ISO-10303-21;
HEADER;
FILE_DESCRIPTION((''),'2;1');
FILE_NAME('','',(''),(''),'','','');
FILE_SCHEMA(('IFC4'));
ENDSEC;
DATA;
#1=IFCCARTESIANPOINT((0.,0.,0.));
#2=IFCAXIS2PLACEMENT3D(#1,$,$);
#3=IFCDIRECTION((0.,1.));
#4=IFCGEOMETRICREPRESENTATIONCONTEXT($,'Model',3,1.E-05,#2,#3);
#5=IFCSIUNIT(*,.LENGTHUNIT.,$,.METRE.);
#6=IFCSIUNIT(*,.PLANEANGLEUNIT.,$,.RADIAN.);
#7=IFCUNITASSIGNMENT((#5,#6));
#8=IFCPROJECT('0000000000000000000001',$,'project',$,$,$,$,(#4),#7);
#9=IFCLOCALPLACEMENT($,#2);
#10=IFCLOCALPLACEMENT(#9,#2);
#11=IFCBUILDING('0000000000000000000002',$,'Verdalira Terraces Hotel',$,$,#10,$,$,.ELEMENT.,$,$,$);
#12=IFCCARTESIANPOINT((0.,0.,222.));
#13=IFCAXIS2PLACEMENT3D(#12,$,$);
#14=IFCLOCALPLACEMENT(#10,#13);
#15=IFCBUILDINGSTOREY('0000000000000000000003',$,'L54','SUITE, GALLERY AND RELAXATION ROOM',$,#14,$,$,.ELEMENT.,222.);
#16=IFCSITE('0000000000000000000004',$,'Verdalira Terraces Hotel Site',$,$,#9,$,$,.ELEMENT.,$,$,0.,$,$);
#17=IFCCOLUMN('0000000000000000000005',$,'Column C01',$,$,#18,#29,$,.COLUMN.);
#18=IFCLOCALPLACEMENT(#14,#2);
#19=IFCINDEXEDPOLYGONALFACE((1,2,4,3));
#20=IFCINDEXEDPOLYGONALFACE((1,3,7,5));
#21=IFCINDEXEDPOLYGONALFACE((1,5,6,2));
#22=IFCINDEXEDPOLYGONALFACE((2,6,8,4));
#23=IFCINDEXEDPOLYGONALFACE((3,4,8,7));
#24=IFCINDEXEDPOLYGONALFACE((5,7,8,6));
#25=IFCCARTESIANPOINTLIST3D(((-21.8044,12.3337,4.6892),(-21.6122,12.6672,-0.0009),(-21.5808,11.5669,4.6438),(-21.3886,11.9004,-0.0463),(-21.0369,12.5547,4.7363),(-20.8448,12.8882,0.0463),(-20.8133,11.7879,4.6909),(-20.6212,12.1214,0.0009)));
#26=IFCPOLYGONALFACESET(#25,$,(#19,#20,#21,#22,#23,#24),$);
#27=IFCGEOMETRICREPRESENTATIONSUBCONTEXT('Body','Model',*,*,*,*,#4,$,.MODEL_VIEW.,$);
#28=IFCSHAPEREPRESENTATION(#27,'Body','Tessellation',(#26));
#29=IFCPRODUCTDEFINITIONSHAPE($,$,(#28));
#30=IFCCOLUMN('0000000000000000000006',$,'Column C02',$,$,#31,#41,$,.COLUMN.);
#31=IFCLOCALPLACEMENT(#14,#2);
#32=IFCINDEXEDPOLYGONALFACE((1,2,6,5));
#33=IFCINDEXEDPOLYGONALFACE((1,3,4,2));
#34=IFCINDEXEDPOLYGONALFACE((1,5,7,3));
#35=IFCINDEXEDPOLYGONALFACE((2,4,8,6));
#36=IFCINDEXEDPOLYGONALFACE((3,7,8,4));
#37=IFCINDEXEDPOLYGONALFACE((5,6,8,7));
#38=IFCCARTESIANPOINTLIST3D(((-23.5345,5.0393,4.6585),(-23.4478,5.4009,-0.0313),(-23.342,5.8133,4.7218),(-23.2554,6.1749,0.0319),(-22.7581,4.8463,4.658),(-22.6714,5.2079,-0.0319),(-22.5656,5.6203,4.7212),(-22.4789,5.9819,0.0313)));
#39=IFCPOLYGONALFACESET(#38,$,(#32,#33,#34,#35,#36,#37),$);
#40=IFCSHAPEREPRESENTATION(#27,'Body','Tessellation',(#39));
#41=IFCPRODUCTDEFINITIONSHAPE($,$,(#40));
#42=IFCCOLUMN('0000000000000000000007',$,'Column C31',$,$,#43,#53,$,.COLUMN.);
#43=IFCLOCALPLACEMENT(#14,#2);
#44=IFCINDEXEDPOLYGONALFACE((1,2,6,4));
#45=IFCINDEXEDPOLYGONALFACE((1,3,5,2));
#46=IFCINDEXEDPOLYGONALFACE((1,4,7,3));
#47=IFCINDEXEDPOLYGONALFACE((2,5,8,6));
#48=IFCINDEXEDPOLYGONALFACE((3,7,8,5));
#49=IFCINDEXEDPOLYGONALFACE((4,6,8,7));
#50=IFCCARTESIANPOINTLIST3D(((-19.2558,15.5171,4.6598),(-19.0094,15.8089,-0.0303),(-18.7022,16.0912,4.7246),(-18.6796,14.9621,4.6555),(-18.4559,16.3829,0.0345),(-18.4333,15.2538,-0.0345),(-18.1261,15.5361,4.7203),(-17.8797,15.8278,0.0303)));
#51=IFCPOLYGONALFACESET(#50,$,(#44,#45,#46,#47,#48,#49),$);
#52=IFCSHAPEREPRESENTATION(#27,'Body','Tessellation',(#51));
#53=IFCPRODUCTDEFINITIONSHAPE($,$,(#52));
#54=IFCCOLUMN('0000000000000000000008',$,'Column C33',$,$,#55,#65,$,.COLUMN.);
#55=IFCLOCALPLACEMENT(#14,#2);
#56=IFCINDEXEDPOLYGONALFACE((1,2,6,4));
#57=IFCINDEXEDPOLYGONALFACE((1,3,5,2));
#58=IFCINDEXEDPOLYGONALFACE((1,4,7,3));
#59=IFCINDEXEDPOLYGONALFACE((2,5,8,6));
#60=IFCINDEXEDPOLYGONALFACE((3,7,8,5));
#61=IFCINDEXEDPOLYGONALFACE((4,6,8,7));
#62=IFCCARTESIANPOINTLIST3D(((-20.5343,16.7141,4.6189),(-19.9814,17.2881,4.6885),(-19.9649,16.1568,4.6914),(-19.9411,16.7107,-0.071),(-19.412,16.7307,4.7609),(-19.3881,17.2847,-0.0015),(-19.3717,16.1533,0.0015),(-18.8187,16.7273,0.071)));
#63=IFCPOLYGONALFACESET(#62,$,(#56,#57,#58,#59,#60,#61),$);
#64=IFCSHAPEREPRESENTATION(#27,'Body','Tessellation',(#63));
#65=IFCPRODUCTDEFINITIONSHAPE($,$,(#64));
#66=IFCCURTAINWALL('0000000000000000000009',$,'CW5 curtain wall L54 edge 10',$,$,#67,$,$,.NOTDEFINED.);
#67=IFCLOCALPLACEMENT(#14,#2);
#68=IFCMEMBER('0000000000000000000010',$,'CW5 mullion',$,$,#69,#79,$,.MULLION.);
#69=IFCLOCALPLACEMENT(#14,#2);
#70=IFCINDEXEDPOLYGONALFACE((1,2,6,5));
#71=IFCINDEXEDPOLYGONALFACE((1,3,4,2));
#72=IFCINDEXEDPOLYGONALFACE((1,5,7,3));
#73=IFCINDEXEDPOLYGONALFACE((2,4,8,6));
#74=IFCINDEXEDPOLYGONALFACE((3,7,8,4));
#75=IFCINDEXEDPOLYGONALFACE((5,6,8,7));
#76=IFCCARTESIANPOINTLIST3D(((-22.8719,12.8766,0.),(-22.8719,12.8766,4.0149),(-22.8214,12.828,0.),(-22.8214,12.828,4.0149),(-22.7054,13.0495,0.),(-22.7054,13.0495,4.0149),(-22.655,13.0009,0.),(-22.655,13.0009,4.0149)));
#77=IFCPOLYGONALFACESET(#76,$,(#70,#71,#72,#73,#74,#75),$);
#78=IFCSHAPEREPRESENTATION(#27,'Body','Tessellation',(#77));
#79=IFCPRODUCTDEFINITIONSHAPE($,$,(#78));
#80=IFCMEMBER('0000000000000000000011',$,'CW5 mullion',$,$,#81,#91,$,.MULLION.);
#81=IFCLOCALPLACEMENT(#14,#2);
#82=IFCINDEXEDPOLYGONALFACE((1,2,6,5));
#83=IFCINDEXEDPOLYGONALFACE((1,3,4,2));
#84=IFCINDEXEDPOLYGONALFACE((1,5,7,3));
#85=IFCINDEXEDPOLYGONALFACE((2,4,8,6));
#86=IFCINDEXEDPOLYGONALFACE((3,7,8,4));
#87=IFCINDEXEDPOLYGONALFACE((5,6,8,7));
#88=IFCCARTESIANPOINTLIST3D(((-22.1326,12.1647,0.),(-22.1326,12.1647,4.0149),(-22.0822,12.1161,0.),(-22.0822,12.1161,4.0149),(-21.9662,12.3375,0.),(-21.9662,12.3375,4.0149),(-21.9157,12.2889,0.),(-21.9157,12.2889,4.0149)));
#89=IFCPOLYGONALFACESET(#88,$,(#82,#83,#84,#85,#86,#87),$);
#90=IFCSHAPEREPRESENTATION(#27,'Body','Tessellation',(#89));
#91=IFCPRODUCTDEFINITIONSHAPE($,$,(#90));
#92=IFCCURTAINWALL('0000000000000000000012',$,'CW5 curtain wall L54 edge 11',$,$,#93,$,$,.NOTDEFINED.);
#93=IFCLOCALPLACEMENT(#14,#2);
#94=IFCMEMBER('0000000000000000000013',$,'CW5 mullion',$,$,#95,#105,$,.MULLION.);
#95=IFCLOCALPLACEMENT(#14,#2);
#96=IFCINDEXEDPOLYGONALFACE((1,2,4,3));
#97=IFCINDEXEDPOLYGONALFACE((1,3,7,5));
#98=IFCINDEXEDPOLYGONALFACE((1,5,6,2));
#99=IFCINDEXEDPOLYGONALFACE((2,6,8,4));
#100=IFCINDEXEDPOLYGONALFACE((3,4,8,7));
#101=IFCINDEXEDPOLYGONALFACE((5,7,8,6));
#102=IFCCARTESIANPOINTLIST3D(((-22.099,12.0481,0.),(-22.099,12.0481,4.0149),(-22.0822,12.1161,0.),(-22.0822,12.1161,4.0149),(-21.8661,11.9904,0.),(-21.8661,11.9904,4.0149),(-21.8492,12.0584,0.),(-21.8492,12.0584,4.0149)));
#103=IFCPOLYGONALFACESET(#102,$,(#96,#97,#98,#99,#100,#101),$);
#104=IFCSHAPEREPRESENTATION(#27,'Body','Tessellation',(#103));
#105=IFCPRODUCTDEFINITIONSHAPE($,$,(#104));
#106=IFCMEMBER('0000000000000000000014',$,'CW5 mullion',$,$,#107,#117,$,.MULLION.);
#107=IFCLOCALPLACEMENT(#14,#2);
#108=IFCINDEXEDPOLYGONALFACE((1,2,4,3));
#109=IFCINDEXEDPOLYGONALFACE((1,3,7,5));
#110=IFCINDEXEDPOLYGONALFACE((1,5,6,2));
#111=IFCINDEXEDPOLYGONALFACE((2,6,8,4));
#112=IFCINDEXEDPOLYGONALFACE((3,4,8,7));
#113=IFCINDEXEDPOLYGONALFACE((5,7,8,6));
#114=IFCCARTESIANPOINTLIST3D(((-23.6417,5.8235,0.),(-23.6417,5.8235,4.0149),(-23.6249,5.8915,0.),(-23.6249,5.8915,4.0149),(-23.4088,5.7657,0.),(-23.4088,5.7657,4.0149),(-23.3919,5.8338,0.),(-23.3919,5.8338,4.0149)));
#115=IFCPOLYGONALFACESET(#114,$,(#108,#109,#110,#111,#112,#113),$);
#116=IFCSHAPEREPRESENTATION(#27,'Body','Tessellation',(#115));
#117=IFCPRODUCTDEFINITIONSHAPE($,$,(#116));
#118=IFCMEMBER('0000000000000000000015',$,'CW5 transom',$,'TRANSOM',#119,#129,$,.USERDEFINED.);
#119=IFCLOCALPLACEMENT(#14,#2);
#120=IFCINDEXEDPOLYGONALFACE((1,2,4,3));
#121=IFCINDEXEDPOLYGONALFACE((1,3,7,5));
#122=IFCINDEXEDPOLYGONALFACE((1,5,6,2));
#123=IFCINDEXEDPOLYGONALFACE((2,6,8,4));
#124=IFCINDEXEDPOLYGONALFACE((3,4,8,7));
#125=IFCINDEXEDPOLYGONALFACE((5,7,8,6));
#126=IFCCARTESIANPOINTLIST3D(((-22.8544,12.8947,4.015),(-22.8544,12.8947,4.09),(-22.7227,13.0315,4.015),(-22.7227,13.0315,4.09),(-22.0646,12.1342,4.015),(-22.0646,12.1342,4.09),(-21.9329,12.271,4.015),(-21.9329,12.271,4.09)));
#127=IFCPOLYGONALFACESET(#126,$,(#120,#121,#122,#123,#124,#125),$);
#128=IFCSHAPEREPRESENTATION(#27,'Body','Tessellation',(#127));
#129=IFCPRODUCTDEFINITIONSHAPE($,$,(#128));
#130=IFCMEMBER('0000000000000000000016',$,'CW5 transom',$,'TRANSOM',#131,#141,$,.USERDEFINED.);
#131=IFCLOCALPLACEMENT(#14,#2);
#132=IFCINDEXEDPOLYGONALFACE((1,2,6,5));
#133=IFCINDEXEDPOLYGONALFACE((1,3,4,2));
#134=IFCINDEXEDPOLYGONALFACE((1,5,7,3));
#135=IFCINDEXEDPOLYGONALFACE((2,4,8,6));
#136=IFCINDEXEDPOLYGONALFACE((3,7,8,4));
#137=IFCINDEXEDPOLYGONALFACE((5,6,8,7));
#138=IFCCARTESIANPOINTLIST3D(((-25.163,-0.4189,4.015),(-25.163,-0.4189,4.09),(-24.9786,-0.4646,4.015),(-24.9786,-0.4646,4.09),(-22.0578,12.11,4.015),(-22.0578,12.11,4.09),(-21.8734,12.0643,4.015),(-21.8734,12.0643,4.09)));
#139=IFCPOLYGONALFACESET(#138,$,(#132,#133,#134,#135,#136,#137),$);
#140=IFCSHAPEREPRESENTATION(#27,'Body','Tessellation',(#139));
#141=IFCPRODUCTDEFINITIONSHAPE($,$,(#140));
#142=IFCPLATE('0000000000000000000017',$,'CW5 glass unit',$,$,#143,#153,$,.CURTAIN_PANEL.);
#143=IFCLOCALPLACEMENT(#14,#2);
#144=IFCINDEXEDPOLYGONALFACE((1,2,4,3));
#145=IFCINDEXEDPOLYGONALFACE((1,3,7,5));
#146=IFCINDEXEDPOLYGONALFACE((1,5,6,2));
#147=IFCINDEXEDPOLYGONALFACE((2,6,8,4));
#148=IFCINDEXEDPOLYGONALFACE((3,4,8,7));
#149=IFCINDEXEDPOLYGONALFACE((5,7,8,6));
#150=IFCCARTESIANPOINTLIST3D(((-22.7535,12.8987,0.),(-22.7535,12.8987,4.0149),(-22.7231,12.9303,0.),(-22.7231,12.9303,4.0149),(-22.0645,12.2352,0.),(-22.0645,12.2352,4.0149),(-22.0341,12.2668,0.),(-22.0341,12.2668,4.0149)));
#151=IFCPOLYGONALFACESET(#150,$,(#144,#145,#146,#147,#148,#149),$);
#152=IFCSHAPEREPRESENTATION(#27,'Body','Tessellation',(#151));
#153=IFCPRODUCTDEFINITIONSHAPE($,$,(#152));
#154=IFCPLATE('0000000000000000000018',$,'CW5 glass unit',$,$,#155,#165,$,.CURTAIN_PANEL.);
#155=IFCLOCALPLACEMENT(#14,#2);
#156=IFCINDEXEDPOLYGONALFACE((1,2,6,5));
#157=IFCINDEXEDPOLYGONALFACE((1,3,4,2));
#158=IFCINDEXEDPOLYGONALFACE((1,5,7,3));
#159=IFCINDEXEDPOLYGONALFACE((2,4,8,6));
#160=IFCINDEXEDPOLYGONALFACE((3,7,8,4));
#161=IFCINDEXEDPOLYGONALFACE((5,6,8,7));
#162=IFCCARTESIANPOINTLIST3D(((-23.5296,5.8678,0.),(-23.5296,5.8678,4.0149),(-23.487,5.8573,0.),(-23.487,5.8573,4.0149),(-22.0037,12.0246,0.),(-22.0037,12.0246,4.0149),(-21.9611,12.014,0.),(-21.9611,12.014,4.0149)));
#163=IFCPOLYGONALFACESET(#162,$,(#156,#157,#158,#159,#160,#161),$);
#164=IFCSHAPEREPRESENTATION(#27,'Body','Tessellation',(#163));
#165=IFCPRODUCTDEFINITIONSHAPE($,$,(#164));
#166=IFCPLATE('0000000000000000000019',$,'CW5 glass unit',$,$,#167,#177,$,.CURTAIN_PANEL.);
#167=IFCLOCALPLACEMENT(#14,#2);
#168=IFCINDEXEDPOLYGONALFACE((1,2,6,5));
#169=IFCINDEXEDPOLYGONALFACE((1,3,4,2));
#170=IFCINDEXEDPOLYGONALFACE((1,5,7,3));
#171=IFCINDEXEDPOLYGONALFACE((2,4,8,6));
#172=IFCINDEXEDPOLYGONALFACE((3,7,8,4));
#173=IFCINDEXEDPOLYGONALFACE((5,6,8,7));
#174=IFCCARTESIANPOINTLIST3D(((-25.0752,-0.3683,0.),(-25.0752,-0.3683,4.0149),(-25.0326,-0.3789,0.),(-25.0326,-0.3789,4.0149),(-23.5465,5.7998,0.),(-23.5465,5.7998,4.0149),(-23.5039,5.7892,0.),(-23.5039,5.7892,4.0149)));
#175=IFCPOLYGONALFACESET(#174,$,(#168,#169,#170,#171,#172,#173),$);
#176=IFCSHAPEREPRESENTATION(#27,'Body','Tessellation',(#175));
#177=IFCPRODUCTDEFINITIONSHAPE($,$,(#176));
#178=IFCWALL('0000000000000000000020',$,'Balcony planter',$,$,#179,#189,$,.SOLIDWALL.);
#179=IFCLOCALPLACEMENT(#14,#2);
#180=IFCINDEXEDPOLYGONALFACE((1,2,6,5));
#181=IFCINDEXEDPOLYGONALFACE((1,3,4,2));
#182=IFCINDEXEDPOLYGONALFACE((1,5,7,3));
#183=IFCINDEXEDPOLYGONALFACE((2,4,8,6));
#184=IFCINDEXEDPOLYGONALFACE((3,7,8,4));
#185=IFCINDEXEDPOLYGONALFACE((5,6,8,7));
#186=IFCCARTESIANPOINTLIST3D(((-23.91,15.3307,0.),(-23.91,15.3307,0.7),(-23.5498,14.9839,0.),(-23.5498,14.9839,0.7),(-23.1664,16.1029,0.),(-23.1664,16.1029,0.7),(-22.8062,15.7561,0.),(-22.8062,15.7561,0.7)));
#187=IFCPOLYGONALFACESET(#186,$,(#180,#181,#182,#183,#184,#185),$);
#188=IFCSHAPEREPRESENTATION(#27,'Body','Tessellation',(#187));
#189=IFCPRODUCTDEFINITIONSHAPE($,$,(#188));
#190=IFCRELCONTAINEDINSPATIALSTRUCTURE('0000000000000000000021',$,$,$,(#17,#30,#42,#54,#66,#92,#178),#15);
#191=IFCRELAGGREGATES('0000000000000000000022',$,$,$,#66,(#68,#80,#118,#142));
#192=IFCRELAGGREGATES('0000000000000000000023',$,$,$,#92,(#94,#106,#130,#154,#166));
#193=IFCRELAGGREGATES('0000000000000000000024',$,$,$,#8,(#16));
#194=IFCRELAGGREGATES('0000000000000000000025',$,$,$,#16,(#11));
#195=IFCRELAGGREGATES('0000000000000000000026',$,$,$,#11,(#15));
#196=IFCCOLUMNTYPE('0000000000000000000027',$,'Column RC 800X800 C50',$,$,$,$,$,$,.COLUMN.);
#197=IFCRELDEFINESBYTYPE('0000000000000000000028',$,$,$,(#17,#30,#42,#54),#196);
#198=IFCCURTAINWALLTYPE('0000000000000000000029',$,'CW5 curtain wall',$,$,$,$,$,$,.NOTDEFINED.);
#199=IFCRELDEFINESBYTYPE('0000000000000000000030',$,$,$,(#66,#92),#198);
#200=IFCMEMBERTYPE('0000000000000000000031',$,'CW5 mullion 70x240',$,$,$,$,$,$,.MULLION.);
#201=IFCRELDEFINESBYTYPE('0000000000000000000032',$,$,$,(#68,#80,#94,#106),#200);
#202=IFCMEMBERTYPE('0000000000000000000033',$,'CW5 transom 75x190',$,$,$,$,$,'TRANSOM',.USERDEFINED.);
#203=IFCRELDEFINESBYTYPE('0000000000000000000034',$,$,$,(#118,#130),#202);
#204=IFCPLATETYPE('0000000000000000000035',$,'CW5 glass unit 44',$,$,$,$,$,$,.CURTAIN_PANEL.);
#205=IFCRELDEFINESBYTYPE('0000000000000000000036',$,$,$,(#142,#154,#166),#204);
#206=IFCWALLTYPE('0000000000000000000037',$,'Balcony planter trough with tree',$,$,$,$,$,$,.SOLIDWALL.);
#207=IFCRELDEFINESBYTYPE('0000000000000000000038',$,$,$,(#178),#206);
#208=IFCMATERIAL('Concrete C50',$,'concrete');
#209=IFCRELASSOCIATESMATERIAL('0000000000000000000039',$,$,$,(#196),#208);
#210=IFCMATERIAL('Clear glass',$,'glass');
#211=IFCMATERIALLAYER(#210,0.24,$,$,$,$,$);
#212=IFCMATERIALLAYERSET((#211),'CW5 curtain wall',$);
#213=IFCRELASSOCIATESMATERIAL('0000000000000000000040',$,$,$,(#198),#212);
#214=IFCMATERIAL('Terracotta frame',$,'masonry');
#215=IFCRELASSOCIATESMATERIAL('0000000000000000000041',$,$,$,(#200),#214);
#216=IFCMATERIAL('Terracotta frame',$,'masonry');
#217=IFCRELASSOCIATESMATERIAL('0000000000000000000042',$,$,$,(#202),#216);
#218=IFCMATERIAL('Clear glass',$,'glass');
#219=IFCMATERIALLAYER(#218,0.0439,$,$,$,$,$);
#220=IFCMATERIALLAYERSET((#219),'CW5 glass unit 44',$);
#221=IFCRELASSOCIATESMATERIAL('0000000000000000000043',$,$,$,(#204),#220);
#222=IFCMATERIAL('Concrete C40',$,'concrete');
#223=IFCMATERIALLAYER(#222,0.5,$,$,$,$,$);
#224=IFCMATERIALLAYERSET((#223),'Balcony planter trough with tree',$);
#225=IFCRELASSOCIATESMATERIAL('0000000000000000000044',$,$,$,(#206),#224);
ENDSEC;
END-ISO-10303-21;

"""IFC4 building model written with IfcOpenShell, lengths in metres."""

from ifc_helpers import new_model, si_unit, direction, frame, frame_2d, origin, origin_2d, place, context, subcontext, project, spatial, rectangle, extrude, material, layer, layer_set, material_profile, profile_set, type_object, element, aggregate, save


model = new_model("IFC4")

# Units and contexts
model_context = context("Model", 3, precision=1e-05, world=origin(), true_north=direction((0.0, 1.0)))
body_context = subcontext(model_context, "Body", "Model", "MODEL_VIEW")
ifc_project = project(units=[si_unit("LENGTHUNIT", "METRE"), si_unit("PLANEANGLEUNIT", "RADIAN")], contexts=[model_context])

# Site, building, storey
site_placement = place(None, origin())
site = spatial("IfcSite", under=ifc_project, at=site_placement, Name="Verdalira Terraces Hotel Site", CompositionType="ELEMENT", RefElevation=0.0)
building_placement = place(site_placement, origin())
building = spatial("IfcBuilding", under=site, at=building_placement, Name="Verdalira Terraces Hotel", CompositionType="ELEMENT")
storey_placement = place(building_placement, frame((0.0, 0.0, 222.0)))
storey = spatial("IfcBuildingStorey", under=building, at=storey_placement, Name="L54", Description="SUITE, GALLERY AND RELAXATION ROOM", CompositionType="ELEMENT", Elevation=222.0)

# Columns
ifc_material_1 = material(Name="Concrete C50", Category="concrete")
ifc_material_profile_1 = material_profile(ifc_material_1, rectangle(XDim=0.8, YDim=0.8, at=origin_2d()), Name="RC 800X800")
ifc_profile_set_1 = profile_set([ifc_material_profile_1], Name="Concrete C50")
column_type = type_object("IfcColumnType", Name="Column RC 800X800 C50", PredefinedType="COLUMN", material=ifc_profile_set_1)
column_1_placement = place(storey_placement, frame((-21.1167, 12.3943, 0.0), z_axis=(-0.040831, -0.070871, 0.996649), x_axis=(-0.27946, 0.958481, 0.056707)))
element("IfcColumn", 1, at=column_1_placement, inside=storey, type_object=column_type, Name="Column C01", PredefinedType="COLUMN", context=body_context, shape_type="SweptSolid", body=[
    extrude(rectangle(XDim=0.8, YDim=0.8, at=origin_2d()), origin(), (0.0, 0.0, 1.0), 4.7058),
])
column_2_placement = place(storey_placement, frame((-22.9634, 5.6914, 0.0), z_axis=(-0.018422, -0.076854, 0.996872), x_axis=(-0.240535, -0.967418, -0.079028)))
element("IfcColumn", 2, at=column_2_placement, inside=storey, type_object=column_type, Name="Column C02", PredefinedType="COLUMN", context=body_context, shape_type="SweptSolid", body=[
    extrude(rectangle(XDim=0.8, YDim=0.8, at=origin_2d()), origin(), (0.0, 0.0, 1.0), 4.7046),
])
column_3_placement = place(storey_placement, frame((-18.4446, 15.8184, 0.0), z_axis=(-0.052352, -0.062002, 0.996702), x_axis=(-0.720125, 0.693823, 0.005336)))
element("IfcColumn", 3, at=column_3_placement, inside=storey, type_object=column_type, Name="Column C31", PredefinedType="COLUMN", context=body_context, shape_type="SweptSolid", body=[
    extrude(rectangle(XDim=0.8, YDim=0.8, at=origin_2d()), origin(), (0.0, 0.0, 1.0), 4.7056),
])
column_4_placement = place(storey_placement, frame((-19.3799, 16.719, 0.0), z_axis=(-0.125497, 0.000723, 0.992094), x_axis=(-0.711713, 0.696611, -0.090537)))
element("IfcColumn", 4, at=column_4_placement, inside=storey, type_object=column_type, Name="Column C33", PredefinedType="COLUMN", context=body_context, shape_type="SweptSolid", body=[
    extrude(rectangle(XDim=0.8, YDim=0.8, at=origin_2d()), origin(), (0.0, 0.0, 1.0), 4.7273),
])

# Curtain walls, members
ifc_material_2 = material(Name="Clear glass", Category="glass")
ifc_layer_1 = layer(ifc_material_2, 0.24)
ifc_layer_set_1 = layer_set([ifc_layer_1], Name="CW5 curtain wall")
curtain_wall_type = type_object("IfcCurtainWallType", Name="CW5 curtain wall", PredefinedType="NOTDEFINED", material=ifc_layer_set_1)
curtain_wall_1_placement = place(storey_placement, origin())
curtain_wall_1 = element("IfcCurtainWall", 5, at=curtain_wall_1_placement, inside=storey, type_object=curtain_wall_type, Name="CW5 curtain wall L54 edge 10", PredefinedType="NOTDEFINED")
ifc_material_3 = material(Name="Terracotta frame", Category="masonry")
ifc_material_profile_2 = material_profile(ifc_material_3, rectangle(XDim=0.0701, YDim=0.24, at=origin_2d()), Name="MU 70x240")
ifc_profile_set_2 = profile_set([ifc_material_profile_2], Name="Terracotta frame")
member_type_1 = type_object("IfcMemberType", Name="CW5 mullion 70x240", PredefinedType="MULLION", material=ifc_profile_set_2)
member_1_placement = place(storey_placement, frame((-22.7634, 12.9387, 0.0), z_axis=(0.0, 0.0, 1.0), x_axis=(0.720309, -0.693653, 0.0)))
member_1 = element("IfcMember", 6, at=member_1_placement, type_object=member_type_1, Name="CW5 mullion", PredefinedType="MULLION", context=body_context, shape_type="SweptSolid", body=[
    extrude(rectangle(XDim=0.0701, YDim=0.24, at=origin_2d()), origin(), (0.0, 0.0, 1.0), 4.0149),
])
member_2_placement = place(storey_placement, frame((-22.0242, 12.2268, 0.0), z_axis=(0.0, 0.0, 1.0), x_axis=(0.720309, -0.693653, 0.0)))
member_2 = element("IfcMember", 7, at=member_2_placement, type_object=member_type_1, Name="CW5 mullion", PredefinedType="MULLION", context=body_context, shape_type="SweptSolid", body=[
    extrude(rectangle(XDim=0.0701, YDim=0.24, at=origin_2d()), origin(), (0.0, 0.0, 1.0), 4.0149),
])
curtain_wall_2_placement = place(storey_placement, origin())
curtain_wall_2 = element("IfcCurtainWall", 8, at=curtain_wall_2_placement, inside=storey, type_object=curtain_wall_type, Name="CW5 curtain wall L54 edge 11", PredefinedType="NOTDEFINED")
member_3_placement = place(storey_placement, frame((-21.9741, 12.0532, 0.0), z_axis=(0.0, 0.0, 1.0), x_axis=(-0.240567, -0.970633, 0.0)))
member_3 = element("IfcMember", 9, at=member_3_placement, type_object=member_type_1, Name="CW5 mullion", PredefinedType="MULLION", context=body_context, shape_type="SweptSolid", body=[
    extrude(rectangle(XDim=0.0701, YDim=0.24, at=origin_2d()), origin(), (0.0, 0.0, 1.0), 4.0149),
])
member_4_placement = place(storey_placement, frame((-23.5168, 5.8286, 0.0), z_axis=(0.0, 0.0, 1.0), x_axis=(-0.240567, -0.970633, 0.0)))
member_4 = element("IfcMember", 10, at=member_4_placement, type_object=member_type_1, Name="CW5 mullion", PredefinedType="MULLION", context=body_context, shape_type="SweptSolid", body=[
    extrude(rectangle(XDim=0.0701, YDim=0.24, at=origin_2d()), origin(), (0.0, 0.0, 1.0), 4.0149),
])

# Members
ifc_material_4 = material(Name="Terracotta frame", Category="masonry")
ifc_material_profile_3 = material_profile(ifc_material_4, rectangle(XDim=0.1899, YDim=0.075, at=origin_2d()), Name="TR 75x190")
ifc_profile_set_3 = profile_set([ifc_material_profile_3], Name="Terracotta frame")
member_type_2 = type_object("IfcMemberType", Name="CW5 transom 75x190", ElementType="TRANSOM", PredefinedType="USERDEFINED", material=ifc_profile_set_3)
member_5_placement = place(storey_placement, frame((-22.7886, 12.9631, 4.0525), z_axis=(0.720341, -0.69362, 0.0), x_axis=(0.69362, 0.720341, 0.0)))
member_5 = element("IfcMember", 11, at=member_5_placement, type_object=member_type_2, Name="CW5 transom", ObjectType="TRANSOM", PredefinedType="USERDEFINED", context=body_context, shape_type="SweptSolid", body=[
    extrude(rectangle(XDim=0.1899, YDim=0.075, at=origin_2d()), origin(), (0.0, 0.0, 1.0), 1.0964),
])
member_6_placement = place(storey_placement, frame((-21.9656, 12.0872, 4.0525), z_axis=(-0.240568, -0.970632, 0.0), x_axis=(0.970632, -0.240568, 0.0)))
member_6 = element("IfcMember", 12, at=member_6_placement, type_object=member_type_2, Name="CW5 transom", ObjectType="TRANSOM", PredefinedType="USERDEFINED", context=body_context, shape_type="SweptSolid", body=[
    extrude(rectangle(XDim=0.1899, YDim=0.075, at=origin_2d()), origin(), (0.0, 0.0, 1.0), 12.908),
])

# Plates
ifc_material_5 = material(Name="Clear glass", Category="glass")
ifc_layer_2 = layer(ifc_material_5, 0.0439)
ifc_layer_set_2 = layer_set([ifc_layer_2], Name="CW5 glass unit 44")
plate_type = type_object("IfcPlateType", Name="CW5 glass unit 44", PredefinedType="CURTAIN_PANEL", material=ifc_layer_set_2)
plate_1_placement = place(storey_placement, frame((-22.3938, 12.5828, 0.0), z_axis=(0.0, 0.0, 1.0), x_axis=(0.720309, -0.693653, 0.0)))
plate_1 = element("IfcPlate", 13, at=plate_1_placement, type_object=plate_type, Name="CW5 glass unit", PredefinedType="CURTAIN_PANEL", context=body_context, shape_type="SweptSolid", body=[
    extrude(rectangle(XDim=0.9565, YDim=0.0439, at=origin_2d()), origin(), (0.0, 0.0, 1.0), 4.0149),
])
aggregate(curtain_wall_1, [member_1, member_2, member_5, plate_1])
plate_2_placement = place(storey_placement, frame((-22.7454, 8.9409, 0.0), z_axis=(0.0, 0.0, 1.0), x_axis=(-0.240567, -0.970633, 0.0)))
plate_2 = element("IfcPlate", 14, at=plate_2_placement, type_object=plate_type, Name="CW5 glass unit", PredefinedType="CURTAIN_PANEL", context=body_context, shape_type="SweptSolid", body=[
    extrude(rectangle(XDim=6.343, YDim=0.0439, at=origin_2d()), origin(), (0.0, 0.0, 1.0), 4.0149),
])
plate_3_placement = place(storey_placement, frame((-24.2896, 2.7104, 0.0), z_axis=(0.0, 0.0, 1.0), x_axis=(-0.240567, -0.970633, 0.0)))
plate_3 = element("IfcPlate", 15, at=plate_3_placement, type_object=plate_type, Name="CW5 glass unit", PredefinedType="CURTAIN_PANEL", context=body_context, shape_type="SweptSolid", body=[
    extrude(rectangle(XDim=6.3547, YDim=0.0439, at=origin_2d()), origin(), (0.0, 0.0, 1.0), 4.0149),
])
aggregate(curtain_wall_2, [member_3, member_4, member_6, plate_2, plate_3])

# Wall
ifc_material_6 = material(Name="Concrete C40", Category="concrete")
ifc_layer_3 = layer(ifc_material_6, 0.5)
ifc_layer_set_3 = layer_set([ifc_layer_3], Name="Balcony planter trough with tree")
wall_type_1 = type_object("IfcWallType", Name="Balcony planter trough with tree", PredefinedType="SOLIDWALL", material=ifc_layer_set_3)
wall_1_placement = place(storey_placement, frame((-23.73, 15.1572, 0.0), z_axis=(0.0, 0.0, 1.0), x_axis=(0.693659, 0.720303, 0.0)))
element("IfcWall", 16, at=wall_1_placement, inside=storey, type_object=wall_type_1, Name="Balcony planter", PredefinedType="SOLIDWALL", context=body_context, shape_type="SweptSolid", body=[
    extrude(rectangle(XDim=1.072, YDim=0.5, at=frame_2d((0.5361, 0.0))), origin(), (0.0, 0.0, 1.0), 0.7),
])

save(model, "model.ifc")
